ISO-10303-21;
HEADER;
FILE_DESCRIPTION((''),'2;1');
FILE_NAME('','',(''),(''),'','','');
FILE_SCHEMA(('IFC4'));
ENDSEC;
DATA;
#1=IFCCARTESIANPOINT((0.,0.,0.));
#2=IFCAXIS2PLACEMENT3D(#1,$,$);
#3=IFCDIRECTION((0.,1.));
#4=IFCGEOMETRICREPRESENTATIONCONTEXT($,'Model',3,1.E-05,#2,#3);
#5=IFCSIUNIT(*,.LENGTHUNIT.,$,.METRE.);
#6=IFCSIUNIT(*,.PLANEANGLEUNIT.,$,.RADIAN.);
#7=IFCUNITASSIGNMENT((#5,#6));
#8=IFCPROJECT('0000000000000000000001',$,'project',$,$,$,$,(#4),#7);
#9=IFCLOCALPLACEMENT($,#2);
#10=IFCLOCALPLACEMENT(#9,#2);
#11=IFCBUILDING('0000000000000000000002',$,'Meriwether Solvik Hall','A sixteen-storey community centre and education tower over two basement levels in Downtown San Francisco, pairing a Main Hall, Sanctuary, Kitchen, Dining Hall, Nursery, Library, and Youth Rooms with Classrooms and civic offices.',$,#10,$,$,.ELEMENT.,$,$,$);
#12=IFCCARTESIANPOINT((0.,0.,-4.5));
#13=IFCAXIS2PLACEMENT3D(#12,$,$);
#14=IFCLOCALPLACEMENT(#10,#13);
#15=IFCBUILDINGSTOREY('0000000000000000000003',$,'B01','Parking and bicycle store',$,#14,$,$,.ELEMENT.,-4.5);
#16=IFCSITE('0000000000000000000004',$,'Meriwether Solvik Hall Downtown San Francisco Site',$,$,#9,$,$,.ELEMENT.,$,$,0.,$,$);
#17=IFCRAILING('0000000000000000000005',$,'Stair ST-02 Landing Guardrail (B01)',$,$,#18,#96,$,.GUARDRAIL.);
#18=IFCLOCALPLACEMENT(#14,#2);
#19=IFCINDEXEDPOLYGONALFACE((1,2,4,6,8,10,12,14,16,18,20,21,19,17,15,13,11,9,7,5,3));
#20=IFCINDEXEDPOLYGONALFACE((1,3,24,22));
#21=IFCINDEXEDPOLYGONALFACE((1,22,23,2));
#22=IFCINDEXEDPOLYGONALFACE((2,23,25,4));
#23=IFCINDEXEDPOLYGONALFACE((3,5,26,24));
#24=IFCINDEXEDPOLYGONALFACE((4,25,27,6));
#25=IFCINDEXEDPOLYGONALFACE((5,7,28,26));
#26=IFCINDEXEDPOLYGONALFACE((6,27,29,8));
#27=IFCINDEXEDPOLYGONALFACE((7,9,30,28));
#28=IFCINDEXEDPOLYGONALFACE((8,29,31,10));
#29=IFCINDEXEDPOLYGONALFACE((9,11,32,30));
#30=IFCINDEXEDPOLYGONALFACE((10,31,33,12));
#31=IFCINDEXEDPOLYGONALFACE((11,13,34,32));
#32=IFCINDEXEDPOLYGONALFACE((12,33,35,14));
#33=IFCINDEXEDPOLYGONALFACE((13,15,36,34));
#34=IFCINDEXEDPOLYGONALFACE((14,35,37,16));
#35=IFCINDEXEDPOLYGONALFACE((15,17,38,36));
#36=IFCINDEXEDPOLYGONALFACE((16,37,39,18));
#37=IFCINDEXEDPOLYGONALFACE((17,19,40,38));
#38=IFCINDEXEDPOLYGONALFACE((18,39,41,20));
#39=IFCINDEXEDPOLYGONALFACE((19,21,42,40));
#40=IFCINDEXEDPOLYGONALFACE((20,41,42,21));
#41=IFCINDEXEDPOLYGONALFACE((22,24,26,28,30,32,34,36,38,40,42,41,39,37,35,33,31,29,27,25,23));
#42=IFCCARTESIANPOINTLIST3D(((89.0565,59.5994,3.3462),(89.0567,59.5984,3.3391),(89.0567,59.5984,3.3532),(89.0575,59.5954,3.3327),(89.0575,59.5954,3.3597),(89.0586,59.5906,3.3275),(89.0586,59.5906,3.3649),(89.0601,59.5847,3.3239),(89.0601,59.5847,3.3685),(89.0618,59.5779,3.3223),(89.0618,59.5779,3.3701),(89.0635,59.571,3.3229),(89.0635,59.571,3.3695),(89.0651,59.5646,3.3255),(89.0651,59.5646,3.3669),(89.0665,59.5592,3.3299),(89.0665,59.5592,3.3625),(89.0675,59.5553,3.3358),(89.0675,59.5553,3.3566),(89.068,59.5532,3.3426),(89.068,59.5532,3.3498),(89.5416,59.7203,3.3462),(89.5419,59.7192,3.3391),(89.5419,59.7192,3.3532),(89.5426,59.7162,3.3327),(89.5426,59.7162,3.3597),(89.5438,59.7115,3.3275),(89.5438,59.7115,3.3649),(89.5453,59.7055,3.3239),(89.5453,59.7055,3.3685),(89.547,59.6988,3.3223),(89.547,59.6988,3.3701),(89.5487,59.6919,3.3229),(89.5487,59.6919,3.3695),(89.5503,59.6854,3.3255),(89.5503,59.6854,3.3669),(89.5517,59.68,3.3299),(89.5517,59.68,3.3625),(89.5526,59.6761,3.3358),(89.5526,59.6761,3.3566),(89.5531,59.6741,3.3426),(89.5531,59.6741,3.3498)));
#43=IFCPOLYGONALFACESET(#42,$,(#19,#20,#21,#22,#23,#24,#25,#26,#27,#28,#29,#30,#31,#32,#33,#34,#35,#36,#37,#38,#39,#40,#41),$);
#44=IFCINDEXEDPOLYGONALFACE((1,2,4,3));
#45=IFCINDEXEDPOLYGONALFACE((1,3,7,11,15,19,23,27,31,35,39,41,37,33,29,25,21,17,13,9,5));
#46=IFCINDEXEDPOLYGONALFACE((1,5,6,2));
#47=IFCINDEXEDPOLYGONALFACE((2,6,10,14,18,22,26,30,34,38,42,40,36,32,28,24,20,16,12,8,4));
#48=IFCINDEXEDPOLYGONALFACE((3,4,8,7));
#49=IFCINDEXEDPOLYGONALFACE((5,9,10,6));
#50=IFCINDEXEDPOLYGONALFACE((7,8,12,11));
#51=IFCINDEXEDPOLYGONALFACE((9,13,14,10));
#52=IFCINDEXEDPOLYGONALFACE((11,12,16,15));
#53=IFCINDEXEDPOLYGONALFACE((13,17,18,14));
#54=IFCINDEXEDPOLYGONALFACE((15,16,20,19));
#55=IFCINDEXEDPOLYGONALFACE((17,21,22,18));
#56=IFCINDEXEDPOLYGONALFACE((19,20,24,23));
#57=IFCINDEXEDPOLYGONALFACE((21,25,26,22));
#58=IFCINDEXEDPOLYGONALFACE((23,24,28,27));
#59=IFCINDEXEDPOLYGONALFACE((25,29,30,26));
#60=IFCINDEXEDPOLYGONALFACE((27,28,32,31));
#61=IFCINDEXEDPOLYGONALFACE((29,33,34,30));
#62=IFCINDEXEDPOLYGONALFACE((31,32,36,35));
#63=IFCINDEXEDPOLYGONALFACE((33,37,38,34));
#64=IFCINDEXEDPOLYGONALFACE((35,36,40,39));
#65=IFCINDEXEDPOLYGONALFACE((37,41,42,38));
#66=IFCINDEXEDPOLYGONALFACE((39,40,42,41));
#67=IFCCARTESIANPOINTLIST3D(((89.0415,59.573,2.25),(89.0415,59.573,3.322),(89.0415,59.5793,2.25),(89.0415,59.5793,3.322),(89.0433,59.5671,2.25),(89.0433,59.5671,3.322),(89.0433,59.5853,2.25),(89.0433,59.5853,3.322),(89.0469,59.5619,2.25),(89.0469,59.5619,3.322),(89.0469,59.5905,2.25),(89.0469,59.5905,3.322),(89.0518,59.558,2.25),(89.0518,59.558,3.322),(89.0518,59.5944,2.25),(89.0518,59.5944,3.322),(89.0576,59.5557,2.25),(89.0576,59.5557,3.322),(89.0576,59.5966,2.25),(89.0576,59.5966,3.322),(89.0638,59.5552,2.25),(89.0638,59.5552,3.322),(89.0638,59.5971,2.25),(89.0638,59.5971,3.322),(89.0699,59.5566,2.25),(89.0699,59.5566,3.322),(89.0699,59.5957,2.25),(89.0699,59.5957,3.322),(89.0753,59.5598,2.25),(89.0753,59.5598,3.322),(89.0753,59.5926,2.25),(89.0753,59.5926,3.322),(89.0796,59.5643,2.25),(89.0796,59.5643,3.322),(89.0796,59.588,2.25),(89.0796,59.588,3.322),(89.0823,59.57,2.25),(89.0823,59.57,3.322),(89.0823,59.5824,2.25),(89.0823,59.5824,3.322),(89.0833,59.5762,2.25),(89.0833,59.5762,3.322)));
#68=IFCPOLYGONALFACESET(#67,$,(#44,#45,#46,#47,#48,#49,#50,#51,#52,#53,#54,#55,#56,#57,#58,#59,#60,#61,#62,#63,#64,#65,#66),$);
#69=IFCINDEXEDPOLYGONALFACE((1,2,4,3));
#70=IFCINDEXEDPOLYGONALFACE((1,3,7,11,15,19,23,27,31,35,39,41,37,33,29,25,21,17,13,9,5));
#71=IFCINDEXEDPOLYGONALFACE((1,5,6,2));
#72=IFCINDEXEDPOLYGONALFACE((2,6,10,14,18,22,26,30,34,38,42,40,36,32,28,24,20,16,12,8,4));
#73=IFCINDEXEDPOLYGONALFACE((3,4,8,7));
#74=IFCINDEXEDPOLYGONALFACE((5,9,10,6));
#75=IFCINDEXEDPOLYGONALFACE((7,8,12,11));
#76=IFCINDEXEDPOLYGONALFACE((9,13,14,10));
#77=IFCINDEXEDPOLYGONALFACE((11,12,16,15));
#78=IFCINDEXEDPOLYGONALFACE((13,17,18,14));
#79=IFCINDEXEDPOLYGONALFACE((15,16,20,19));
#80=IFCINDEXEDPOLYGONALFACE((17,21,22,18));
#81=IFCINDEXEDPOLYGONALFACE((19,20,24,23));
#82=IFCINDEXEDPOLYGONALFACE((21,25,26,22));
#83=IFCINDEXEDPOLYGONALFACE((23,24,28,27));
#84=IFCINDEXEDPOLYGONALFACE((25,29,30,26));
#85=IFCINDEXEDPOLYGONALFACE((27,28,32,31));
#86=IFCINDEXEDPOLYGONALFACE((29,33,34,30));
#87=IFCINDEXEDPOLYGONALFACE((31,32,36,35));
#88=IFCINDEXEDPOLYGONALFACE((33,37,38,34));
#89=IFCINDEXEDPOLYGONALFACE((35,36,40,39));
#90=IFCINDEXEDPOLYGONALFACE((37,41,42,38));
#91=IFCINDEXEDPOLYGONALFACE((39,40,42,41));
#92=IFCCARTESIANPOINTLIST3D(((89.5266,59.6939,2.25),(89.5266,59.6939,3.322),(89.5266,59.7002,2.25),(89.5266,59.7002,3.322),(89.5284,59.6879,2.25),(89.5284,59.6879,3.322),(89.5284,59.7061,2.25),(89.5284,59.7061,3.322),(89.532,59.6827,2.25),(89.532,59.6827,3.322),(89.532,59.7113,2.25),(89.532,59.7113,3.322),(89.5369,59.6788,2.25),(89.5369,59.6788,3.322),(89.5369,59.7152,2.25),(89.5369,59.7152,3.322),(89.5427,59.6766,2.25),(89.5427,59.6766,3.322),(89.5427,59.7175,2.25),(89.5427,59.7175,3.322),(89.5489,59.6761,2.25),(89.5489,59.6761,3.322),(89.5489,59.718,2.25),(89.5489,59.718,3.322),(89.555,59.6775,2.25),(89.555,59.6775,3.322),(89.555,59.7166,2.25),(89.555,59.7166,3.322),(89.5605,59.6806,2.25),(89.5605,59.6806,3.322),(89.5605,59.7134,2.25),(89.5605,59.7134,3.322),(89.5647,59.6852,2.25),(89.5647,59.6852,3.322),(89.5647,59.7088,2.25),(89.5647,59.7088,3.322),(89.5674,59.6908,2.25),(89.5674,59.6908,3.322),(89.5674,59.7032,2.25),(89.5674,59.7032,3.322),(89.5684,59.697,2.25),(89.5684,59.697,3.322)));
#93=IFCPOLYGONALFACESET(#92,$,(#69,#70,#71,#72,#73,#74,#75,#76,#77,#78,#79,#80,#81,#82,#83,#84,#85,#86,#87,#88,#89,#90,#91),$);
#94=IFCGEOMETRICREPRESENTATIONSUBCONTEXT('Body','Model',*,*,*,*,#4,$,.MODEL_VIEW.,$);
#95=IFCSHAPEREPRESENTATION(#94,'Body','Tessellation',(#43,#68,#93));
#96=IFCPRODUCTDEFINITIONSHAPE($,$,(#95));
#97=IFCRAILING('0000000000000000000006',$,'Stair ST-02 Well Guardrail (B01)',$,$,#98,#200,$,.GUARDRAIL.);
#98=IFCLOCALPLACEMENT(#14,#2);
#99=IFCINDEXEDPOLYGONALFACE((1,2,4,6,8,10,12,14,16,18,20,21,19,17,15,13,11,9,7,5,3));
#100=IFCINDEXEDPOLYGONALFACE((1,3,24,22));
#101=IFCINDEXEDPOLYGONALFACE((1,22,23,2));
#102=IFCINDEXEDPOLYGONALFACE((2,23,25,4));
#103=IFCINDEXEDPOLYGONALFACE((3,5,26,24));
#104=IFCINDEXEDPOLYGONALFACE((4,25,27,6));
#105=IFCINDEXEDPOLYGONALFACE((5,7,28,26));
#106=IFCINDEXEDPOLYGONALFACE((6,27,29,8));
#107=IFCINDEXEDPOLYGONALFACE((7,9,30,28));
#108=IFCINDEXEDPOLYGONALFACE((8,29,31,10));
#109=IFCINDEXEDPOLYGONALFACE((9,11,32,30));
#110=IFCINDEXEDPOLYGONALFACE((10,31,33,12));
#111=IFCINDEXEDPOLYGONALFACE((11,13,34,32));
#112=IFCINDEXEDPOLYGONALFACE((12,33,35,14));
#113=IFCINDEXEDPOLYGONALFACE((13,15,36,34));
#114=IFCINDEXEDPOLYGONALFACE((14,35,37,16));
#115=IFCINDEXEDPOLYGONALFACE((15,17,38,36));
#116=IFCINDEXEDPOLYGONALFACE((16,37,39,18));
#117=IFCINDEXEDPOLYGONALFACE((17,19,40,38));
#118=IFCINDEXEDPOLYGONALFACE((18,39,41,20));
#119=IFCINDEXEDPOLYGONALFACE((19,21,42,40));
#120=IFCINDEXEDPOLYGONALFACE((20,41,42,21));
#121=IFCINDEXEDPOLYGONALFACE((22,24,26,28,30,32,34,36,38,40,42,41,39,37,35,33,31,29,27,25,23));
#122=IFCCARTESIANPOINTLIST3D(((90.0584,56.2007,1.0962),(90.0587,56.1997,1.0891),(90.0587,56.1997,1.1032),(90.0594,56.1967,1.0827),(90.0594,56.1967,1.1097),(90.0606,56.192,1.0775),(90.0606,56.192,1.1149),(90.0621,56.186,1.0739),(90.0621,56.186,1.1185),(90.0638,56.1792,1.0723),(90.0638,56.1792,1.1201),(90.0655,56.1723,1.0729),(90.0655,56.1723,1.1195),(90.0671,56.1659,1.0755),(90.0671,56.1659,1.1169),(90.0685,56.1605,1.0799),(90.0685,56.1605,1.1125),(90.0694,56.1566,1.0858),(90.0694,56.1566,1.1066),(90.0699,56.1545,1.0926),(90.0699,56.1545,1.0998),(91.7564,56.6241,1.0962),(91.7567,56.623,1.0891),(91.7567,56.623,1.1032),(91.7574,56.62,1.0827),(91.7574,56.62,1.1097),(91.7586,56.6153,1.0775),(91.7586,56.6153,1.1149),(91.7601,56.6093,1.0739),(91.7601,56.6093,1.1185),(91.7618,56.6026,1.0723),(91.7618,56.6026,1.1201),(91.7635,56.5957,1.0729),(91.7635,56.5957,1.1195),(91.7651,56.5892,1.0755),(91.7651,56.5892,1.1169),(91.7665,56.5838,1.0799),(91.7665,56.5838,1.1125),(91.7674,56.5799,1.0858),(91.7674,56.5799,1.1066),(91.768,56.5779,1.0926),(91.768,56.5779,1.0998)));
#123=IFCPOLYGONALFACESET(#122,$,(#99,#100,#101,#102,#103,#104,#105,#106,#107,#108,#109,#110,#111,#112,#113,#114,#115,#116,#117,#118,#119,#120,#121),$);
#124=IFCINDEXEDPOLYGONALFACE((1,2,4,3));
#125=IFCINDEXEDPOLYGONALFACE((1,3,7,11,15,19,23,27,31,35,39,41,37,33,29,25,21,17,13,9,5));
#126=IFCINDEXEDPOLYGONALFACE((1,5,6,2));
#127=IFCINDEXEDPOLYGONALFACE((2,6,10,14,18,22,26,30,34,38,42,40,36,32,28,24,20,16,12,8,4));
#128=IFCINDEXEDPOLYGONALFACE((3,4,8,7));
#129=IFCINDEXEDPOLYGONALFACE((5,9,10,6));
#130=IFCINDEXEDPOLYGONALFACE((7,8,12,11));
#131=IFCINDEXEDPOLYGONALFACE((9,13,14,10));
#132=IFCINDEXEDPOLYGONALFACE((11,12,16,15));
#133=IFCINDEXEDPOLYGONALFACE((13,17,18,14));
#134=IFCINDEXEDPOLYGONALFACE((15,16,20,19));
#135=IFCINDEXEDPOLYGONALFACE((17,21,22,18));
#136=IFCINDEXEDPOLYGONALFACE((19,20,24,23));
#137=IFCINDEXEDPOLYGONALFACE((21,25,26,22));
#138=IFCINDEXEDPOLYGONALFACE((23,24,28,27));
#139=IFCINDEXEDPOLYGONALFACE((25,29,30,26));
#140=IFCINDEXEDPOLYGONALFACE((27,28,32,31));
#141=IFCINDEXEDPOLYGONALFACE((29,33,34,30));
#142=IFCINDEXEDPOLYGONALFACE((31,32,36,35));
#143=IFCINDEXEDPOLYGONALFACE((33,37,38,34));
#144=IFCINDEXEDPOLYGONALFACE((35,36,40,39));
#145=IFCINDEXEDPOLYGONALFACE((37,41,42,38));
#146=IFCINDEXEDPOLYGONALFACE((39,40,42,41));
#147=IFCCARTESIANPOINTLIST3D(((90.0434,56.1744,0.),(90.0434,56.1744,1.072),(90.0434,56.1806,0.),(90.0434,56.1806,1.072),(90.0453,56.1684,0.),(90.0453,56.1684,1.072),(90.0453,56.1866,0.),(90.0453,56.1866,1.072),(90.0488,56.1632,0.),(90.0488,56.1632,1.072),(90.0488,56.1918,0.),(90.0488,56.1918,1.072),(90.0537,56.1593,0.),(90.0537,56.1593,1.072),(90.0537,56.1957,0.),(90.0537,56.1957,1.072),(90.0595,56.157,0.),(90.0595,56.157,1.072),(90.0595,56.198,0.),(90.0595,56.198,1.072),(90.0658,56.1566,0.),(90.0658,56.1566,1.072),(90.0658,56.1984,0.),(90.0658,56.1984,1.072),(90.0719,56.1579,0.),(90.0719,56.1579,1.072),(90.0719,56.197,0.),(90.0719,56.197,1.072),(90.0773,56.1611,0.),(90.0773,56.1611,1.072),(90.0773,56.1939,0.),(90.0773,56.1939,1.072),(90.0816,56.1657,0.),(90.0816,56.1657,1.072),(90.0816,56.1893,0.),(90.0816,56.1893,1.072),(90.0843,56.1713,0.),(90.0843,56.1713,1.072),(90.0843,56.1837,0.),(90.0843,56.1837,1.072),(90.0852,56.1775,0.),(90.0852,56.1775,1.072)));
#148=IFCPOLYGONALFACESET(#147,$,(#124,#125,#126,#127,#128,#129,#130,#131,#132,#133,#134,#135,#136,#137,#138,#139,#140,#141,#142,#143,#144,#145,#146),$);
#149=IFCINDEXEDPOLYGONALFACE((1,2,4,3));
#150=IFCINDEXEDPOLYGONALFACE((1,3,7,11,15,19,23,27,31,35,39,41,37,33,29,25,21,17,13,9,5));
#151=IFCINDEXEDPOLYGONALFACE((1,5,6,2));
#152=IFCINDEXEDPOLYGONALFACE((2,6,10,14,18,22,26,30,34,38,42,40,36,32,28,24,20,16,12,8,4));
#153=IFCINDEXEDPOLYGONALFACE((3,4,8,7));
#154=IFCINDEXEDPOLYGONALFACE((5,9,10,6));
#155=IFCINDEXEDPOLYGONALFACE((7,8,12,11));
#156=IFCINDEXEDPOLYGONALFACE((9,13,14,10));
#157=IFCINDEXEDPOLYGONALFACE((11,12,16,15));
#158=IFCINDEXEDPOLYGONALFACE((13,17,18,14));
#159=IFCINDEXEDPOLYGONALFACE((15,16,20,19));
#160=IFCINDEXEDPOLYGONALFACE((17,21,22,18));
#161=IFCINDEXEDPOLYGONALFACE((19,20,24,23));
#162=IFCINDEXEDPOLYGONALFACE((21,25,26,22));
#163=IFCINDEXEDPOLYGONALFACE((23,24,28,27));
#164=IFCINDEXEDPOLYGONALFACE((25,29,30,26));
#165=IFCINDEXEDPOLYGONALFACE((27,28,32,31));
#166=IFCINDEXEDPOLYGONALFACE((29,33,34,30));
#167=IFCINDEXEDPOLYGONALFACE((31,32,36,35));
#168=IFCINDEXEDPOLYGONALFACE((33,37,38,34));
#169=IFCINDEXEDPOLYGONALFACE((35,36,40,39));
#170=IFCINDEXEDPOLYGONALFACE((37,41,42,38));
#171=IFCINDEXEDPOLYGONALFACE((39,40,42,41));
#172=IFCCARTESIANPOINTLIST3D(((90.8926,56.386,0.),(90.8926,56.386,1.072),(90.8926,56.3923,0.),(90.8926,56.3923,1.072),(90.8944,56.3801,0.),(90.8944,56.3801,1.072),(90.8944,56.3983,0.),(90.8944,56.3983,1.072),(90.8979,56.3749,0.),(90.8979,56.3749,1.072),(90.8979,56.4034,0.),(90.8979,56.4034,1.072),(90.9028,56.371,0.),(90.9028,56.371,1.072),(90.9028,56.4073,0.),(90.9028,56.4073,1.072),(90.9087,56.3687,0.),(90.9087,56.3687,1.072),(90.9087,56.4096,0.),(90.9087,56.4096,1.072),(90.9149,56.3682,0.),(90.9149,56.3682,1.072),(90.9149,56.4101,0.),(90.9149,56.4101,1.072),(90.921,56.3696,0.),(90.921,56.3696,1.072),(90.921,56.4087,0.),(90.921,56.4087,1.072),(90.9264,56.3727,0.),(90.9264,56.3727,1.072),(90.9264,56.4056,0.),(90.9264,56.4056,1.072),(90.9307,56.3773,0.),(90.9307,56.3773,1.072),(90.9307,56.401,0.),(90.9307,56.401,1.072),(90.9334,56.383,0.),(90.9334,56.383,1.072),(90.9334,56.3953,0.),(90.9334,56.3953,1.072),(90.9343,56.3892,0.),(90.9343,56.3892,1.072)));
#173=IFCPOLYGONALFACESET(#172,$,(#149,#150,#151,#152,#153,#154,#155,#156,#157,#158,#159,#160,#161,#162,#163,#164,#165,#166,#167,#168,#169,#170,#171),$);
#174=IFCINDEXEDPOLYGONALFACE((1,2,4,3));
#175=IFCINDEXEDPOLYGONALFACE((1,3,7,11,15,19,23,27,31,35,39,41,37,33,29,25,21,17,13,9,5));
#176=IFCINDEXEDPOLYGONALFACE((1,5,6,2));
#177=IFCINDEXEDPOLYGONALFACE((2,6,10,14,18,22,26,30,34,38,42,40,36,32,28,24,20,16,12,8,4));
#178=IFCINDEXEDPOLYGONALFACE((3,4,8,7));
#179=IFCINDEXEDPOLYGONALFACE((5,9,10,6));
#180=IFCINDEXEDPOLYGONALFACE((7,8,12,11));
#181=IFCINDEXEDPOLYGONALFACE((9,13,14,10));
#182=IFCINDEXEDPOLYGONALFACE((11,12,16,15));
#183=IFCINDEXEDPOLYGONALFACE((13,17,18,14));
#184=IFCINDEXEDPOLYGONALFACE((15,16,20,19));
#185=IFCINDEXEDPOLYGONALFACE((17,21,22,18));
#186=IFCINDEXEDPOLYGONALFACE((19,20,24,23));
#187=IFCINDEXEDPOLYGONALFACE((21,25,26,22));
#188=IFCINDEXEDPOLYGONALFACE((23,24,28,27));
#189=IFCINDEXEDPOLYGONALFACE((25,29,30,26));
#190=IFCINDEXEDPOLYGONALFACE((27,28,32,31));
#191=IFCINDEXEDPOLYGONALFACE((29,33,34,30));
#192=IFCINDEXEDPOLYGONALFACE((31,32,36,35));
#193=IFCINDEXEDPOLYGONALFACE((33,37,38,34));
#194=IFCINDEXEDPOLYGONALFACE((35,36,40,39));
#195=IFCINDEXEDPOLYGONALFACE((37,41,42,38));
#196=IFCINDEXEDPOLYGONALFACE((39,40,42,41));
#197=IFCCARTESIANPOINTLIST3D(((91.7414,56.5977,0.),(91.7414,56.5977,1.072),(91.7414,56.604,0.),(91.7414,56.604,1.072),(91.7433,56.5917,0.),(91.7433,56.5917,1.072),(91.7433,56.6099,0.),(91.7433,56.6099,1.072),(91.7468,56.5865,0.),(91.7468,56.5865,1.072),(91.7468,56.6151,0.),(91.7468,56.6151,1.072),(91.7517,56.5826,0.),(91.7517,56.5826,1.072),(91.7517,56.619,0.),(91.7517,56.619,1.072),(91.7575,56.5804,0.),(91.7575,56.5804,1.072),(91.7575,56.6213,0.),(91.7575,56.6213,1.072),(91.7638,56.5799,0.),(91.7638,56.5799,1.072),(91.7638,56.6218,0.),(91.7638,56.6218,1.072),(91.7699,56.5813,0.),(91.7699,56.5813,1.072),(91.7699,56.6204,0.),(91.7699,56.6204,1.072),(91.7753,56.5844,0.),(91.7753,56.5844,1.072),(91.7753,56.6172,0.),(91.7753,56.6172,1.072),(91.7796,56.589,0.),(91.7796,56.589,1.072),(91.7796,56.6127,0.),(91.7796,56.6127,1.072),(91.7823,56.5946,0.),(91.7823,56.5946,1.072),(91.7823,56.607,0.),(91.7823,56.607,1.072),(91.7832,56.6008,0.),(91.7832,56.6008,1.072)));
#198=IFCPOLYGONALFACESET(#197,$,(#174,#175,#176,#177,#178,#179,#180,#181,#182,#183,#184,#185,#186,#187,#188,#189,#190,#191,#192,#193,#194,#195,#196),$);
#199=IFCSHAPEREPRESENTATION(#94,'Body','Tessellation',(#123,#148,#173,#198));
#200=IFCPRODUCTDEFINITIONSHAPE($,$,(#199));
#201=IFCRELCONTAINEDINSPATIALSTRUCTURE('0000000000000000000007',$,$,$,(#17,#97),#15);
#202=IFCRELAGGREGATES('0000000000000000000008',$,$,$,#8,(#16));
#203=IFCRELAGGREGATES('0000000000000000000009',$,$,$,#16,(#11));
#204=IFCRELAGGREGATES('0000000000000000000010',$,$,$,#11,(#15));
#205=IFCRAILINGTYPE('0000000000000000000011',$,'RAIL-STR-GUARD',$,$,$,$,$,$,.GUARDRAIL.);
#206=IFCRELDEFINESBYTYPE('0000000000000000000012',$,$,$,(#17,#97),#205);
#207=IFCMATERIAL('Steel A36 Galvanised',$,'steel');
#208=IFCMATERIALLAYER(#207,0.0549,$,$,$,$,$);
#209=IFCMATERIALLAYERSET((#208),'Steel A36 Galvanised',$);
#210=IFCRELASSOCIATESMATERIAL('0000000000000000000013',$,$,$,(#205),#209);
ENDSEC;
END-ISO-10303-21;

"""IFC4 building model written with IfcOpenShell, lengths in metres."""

from ifc_helpers import new_model, si_unit, direction, frame, origin, origin_2d, place, context, subcontext, project, spatial, circle, extrude, material, layer, layer_set, type_object, element, save


model = new_model("IFC4")

# Units and contexts
model_context = context("Model", 3, precision=1e-05, world=origin(), true_north=direction((0.0, 1.0)))
body_context = subcontext(model_context, "Body", "Model", "MODEL_VIEW")
ifc_project = project(units=[si_unit("LENGTHUNIT", "METRE"), si_unit("PLANEANGLEUNIT", "RADIAN")], contexts=[model_context])

# Site, building, storey
site_placement = place(None, origin())
site = spatial("IfcSite", under=ifc_project, at=site_placement, Name="Meriwether Solvik Hall Downtown San Francisco Site", CompositionType="ELEMENT", RefElevation=0.0)
building_placement = place(site_placement, origin())
building = spatial("IfcBuilding", under=site, at=building_placement, Name="Meriwether Solvik Hall", Description="A sixteen-storey community centre and education tower over two basement levels in Downtown San Francisco, pairing a Main Hall, Sanctuary, Kitchen, Dining Hall, Nursery, Library, and Youth Rooms with Classrooms and civic offices.", CompositionType="ELEMENT")
storey_placement = place(building_placement, frame((0.0, 0.0, -4.5)))
storey = spatial("IfcBuildingStorey", under=building, at=storey_placement, Name="B01", Description="Parking and bicycle store", CompositionType="ELEMENT", Elevation=-4.5)

# Railings
ifc_material_1 = material(Name="Steel A36 Galvanised", Category="steel")
ifc_layer_1 = layer(ifc_material_1, 0.0549)
ifc_layer_set_1 = layer_set([ifc_layer_1], Name="Steel A36 Galvanised")
railing_type_1 = type_object("IfcRailingType", Name="RAIL-STR-GUARD", PredefinedType="GUARDRAIL", material=ifc_layer_set_1)
railing_1_placement = place(storey_placement, frame((89.0623, 59.5762, 2.25)))
element("IfcRailing", 1, at=railing_1_placement, inside=storey, type_object=railing_type_1, Name="Stair ST-02 Landing Guardrail (B01)", PredefinedType="GUARDRAIL", context=body_context, shape_type="SweptSolid", body=[
    extrude(circle(Radius=0.0239, at=origin_2d()), frame((0.0, 0.0, 1.0962), z_axis=(0.970343, 0.241731, 0.0), x_axis=(-0.241731, 0.970343, 0.0)), (0.0, 0.0, 1.0), 0.5),
    extrude(circle(Radius=0.021, at=origin_2d()), origin(), (0.0, 0.0, 1.0), 1.072),
    extrude(circle(Radius=0.021, at=origin_2d()), frame((0.4851, 0.1208, 0.0)), (0.0, 0.0, 1.0), 1.072),
])
railing_2_placement = place(storey_placement, frame((90.0642, 56.1775, 0.0)))
element("IfcRailing", 2, at=railing_2_placement, inside=storey, type_object=railing_type_1, Name="Stair ST-02 Well Guardrail (B01)", PredefinedType="GUARDRAIL", context=body_context, shape_type="SweptSolid", body=[
    extrude(circle(Radius=0.0239, at=origin_2d()), frame((0.0, 0.0, 1.0962), z_axis=(0.970298, 0.241912, 0.0), x_axis=(-0.241912, 0.970298, 0.0)), (0.0, 0.0, 1.0), 1.75),
    extrude(circle(Radius=0.021, at=origin_2d()), origin(), (0.0, 0.0, 1.0), 1.072),
    extrude(circle(Radius=0.021, at=origin_2d()), frame((0.8491, 0.2117, 0.0)), (0.0, 0.0, 1.0), 1.072),
    extrude(circle(Radius=0.021, at=origin_2d()), frame((1.698, 0.4233, 0.0)), (0.0, 0.0, 1.0), 1.072),
])

save(model, "model.ifc")
